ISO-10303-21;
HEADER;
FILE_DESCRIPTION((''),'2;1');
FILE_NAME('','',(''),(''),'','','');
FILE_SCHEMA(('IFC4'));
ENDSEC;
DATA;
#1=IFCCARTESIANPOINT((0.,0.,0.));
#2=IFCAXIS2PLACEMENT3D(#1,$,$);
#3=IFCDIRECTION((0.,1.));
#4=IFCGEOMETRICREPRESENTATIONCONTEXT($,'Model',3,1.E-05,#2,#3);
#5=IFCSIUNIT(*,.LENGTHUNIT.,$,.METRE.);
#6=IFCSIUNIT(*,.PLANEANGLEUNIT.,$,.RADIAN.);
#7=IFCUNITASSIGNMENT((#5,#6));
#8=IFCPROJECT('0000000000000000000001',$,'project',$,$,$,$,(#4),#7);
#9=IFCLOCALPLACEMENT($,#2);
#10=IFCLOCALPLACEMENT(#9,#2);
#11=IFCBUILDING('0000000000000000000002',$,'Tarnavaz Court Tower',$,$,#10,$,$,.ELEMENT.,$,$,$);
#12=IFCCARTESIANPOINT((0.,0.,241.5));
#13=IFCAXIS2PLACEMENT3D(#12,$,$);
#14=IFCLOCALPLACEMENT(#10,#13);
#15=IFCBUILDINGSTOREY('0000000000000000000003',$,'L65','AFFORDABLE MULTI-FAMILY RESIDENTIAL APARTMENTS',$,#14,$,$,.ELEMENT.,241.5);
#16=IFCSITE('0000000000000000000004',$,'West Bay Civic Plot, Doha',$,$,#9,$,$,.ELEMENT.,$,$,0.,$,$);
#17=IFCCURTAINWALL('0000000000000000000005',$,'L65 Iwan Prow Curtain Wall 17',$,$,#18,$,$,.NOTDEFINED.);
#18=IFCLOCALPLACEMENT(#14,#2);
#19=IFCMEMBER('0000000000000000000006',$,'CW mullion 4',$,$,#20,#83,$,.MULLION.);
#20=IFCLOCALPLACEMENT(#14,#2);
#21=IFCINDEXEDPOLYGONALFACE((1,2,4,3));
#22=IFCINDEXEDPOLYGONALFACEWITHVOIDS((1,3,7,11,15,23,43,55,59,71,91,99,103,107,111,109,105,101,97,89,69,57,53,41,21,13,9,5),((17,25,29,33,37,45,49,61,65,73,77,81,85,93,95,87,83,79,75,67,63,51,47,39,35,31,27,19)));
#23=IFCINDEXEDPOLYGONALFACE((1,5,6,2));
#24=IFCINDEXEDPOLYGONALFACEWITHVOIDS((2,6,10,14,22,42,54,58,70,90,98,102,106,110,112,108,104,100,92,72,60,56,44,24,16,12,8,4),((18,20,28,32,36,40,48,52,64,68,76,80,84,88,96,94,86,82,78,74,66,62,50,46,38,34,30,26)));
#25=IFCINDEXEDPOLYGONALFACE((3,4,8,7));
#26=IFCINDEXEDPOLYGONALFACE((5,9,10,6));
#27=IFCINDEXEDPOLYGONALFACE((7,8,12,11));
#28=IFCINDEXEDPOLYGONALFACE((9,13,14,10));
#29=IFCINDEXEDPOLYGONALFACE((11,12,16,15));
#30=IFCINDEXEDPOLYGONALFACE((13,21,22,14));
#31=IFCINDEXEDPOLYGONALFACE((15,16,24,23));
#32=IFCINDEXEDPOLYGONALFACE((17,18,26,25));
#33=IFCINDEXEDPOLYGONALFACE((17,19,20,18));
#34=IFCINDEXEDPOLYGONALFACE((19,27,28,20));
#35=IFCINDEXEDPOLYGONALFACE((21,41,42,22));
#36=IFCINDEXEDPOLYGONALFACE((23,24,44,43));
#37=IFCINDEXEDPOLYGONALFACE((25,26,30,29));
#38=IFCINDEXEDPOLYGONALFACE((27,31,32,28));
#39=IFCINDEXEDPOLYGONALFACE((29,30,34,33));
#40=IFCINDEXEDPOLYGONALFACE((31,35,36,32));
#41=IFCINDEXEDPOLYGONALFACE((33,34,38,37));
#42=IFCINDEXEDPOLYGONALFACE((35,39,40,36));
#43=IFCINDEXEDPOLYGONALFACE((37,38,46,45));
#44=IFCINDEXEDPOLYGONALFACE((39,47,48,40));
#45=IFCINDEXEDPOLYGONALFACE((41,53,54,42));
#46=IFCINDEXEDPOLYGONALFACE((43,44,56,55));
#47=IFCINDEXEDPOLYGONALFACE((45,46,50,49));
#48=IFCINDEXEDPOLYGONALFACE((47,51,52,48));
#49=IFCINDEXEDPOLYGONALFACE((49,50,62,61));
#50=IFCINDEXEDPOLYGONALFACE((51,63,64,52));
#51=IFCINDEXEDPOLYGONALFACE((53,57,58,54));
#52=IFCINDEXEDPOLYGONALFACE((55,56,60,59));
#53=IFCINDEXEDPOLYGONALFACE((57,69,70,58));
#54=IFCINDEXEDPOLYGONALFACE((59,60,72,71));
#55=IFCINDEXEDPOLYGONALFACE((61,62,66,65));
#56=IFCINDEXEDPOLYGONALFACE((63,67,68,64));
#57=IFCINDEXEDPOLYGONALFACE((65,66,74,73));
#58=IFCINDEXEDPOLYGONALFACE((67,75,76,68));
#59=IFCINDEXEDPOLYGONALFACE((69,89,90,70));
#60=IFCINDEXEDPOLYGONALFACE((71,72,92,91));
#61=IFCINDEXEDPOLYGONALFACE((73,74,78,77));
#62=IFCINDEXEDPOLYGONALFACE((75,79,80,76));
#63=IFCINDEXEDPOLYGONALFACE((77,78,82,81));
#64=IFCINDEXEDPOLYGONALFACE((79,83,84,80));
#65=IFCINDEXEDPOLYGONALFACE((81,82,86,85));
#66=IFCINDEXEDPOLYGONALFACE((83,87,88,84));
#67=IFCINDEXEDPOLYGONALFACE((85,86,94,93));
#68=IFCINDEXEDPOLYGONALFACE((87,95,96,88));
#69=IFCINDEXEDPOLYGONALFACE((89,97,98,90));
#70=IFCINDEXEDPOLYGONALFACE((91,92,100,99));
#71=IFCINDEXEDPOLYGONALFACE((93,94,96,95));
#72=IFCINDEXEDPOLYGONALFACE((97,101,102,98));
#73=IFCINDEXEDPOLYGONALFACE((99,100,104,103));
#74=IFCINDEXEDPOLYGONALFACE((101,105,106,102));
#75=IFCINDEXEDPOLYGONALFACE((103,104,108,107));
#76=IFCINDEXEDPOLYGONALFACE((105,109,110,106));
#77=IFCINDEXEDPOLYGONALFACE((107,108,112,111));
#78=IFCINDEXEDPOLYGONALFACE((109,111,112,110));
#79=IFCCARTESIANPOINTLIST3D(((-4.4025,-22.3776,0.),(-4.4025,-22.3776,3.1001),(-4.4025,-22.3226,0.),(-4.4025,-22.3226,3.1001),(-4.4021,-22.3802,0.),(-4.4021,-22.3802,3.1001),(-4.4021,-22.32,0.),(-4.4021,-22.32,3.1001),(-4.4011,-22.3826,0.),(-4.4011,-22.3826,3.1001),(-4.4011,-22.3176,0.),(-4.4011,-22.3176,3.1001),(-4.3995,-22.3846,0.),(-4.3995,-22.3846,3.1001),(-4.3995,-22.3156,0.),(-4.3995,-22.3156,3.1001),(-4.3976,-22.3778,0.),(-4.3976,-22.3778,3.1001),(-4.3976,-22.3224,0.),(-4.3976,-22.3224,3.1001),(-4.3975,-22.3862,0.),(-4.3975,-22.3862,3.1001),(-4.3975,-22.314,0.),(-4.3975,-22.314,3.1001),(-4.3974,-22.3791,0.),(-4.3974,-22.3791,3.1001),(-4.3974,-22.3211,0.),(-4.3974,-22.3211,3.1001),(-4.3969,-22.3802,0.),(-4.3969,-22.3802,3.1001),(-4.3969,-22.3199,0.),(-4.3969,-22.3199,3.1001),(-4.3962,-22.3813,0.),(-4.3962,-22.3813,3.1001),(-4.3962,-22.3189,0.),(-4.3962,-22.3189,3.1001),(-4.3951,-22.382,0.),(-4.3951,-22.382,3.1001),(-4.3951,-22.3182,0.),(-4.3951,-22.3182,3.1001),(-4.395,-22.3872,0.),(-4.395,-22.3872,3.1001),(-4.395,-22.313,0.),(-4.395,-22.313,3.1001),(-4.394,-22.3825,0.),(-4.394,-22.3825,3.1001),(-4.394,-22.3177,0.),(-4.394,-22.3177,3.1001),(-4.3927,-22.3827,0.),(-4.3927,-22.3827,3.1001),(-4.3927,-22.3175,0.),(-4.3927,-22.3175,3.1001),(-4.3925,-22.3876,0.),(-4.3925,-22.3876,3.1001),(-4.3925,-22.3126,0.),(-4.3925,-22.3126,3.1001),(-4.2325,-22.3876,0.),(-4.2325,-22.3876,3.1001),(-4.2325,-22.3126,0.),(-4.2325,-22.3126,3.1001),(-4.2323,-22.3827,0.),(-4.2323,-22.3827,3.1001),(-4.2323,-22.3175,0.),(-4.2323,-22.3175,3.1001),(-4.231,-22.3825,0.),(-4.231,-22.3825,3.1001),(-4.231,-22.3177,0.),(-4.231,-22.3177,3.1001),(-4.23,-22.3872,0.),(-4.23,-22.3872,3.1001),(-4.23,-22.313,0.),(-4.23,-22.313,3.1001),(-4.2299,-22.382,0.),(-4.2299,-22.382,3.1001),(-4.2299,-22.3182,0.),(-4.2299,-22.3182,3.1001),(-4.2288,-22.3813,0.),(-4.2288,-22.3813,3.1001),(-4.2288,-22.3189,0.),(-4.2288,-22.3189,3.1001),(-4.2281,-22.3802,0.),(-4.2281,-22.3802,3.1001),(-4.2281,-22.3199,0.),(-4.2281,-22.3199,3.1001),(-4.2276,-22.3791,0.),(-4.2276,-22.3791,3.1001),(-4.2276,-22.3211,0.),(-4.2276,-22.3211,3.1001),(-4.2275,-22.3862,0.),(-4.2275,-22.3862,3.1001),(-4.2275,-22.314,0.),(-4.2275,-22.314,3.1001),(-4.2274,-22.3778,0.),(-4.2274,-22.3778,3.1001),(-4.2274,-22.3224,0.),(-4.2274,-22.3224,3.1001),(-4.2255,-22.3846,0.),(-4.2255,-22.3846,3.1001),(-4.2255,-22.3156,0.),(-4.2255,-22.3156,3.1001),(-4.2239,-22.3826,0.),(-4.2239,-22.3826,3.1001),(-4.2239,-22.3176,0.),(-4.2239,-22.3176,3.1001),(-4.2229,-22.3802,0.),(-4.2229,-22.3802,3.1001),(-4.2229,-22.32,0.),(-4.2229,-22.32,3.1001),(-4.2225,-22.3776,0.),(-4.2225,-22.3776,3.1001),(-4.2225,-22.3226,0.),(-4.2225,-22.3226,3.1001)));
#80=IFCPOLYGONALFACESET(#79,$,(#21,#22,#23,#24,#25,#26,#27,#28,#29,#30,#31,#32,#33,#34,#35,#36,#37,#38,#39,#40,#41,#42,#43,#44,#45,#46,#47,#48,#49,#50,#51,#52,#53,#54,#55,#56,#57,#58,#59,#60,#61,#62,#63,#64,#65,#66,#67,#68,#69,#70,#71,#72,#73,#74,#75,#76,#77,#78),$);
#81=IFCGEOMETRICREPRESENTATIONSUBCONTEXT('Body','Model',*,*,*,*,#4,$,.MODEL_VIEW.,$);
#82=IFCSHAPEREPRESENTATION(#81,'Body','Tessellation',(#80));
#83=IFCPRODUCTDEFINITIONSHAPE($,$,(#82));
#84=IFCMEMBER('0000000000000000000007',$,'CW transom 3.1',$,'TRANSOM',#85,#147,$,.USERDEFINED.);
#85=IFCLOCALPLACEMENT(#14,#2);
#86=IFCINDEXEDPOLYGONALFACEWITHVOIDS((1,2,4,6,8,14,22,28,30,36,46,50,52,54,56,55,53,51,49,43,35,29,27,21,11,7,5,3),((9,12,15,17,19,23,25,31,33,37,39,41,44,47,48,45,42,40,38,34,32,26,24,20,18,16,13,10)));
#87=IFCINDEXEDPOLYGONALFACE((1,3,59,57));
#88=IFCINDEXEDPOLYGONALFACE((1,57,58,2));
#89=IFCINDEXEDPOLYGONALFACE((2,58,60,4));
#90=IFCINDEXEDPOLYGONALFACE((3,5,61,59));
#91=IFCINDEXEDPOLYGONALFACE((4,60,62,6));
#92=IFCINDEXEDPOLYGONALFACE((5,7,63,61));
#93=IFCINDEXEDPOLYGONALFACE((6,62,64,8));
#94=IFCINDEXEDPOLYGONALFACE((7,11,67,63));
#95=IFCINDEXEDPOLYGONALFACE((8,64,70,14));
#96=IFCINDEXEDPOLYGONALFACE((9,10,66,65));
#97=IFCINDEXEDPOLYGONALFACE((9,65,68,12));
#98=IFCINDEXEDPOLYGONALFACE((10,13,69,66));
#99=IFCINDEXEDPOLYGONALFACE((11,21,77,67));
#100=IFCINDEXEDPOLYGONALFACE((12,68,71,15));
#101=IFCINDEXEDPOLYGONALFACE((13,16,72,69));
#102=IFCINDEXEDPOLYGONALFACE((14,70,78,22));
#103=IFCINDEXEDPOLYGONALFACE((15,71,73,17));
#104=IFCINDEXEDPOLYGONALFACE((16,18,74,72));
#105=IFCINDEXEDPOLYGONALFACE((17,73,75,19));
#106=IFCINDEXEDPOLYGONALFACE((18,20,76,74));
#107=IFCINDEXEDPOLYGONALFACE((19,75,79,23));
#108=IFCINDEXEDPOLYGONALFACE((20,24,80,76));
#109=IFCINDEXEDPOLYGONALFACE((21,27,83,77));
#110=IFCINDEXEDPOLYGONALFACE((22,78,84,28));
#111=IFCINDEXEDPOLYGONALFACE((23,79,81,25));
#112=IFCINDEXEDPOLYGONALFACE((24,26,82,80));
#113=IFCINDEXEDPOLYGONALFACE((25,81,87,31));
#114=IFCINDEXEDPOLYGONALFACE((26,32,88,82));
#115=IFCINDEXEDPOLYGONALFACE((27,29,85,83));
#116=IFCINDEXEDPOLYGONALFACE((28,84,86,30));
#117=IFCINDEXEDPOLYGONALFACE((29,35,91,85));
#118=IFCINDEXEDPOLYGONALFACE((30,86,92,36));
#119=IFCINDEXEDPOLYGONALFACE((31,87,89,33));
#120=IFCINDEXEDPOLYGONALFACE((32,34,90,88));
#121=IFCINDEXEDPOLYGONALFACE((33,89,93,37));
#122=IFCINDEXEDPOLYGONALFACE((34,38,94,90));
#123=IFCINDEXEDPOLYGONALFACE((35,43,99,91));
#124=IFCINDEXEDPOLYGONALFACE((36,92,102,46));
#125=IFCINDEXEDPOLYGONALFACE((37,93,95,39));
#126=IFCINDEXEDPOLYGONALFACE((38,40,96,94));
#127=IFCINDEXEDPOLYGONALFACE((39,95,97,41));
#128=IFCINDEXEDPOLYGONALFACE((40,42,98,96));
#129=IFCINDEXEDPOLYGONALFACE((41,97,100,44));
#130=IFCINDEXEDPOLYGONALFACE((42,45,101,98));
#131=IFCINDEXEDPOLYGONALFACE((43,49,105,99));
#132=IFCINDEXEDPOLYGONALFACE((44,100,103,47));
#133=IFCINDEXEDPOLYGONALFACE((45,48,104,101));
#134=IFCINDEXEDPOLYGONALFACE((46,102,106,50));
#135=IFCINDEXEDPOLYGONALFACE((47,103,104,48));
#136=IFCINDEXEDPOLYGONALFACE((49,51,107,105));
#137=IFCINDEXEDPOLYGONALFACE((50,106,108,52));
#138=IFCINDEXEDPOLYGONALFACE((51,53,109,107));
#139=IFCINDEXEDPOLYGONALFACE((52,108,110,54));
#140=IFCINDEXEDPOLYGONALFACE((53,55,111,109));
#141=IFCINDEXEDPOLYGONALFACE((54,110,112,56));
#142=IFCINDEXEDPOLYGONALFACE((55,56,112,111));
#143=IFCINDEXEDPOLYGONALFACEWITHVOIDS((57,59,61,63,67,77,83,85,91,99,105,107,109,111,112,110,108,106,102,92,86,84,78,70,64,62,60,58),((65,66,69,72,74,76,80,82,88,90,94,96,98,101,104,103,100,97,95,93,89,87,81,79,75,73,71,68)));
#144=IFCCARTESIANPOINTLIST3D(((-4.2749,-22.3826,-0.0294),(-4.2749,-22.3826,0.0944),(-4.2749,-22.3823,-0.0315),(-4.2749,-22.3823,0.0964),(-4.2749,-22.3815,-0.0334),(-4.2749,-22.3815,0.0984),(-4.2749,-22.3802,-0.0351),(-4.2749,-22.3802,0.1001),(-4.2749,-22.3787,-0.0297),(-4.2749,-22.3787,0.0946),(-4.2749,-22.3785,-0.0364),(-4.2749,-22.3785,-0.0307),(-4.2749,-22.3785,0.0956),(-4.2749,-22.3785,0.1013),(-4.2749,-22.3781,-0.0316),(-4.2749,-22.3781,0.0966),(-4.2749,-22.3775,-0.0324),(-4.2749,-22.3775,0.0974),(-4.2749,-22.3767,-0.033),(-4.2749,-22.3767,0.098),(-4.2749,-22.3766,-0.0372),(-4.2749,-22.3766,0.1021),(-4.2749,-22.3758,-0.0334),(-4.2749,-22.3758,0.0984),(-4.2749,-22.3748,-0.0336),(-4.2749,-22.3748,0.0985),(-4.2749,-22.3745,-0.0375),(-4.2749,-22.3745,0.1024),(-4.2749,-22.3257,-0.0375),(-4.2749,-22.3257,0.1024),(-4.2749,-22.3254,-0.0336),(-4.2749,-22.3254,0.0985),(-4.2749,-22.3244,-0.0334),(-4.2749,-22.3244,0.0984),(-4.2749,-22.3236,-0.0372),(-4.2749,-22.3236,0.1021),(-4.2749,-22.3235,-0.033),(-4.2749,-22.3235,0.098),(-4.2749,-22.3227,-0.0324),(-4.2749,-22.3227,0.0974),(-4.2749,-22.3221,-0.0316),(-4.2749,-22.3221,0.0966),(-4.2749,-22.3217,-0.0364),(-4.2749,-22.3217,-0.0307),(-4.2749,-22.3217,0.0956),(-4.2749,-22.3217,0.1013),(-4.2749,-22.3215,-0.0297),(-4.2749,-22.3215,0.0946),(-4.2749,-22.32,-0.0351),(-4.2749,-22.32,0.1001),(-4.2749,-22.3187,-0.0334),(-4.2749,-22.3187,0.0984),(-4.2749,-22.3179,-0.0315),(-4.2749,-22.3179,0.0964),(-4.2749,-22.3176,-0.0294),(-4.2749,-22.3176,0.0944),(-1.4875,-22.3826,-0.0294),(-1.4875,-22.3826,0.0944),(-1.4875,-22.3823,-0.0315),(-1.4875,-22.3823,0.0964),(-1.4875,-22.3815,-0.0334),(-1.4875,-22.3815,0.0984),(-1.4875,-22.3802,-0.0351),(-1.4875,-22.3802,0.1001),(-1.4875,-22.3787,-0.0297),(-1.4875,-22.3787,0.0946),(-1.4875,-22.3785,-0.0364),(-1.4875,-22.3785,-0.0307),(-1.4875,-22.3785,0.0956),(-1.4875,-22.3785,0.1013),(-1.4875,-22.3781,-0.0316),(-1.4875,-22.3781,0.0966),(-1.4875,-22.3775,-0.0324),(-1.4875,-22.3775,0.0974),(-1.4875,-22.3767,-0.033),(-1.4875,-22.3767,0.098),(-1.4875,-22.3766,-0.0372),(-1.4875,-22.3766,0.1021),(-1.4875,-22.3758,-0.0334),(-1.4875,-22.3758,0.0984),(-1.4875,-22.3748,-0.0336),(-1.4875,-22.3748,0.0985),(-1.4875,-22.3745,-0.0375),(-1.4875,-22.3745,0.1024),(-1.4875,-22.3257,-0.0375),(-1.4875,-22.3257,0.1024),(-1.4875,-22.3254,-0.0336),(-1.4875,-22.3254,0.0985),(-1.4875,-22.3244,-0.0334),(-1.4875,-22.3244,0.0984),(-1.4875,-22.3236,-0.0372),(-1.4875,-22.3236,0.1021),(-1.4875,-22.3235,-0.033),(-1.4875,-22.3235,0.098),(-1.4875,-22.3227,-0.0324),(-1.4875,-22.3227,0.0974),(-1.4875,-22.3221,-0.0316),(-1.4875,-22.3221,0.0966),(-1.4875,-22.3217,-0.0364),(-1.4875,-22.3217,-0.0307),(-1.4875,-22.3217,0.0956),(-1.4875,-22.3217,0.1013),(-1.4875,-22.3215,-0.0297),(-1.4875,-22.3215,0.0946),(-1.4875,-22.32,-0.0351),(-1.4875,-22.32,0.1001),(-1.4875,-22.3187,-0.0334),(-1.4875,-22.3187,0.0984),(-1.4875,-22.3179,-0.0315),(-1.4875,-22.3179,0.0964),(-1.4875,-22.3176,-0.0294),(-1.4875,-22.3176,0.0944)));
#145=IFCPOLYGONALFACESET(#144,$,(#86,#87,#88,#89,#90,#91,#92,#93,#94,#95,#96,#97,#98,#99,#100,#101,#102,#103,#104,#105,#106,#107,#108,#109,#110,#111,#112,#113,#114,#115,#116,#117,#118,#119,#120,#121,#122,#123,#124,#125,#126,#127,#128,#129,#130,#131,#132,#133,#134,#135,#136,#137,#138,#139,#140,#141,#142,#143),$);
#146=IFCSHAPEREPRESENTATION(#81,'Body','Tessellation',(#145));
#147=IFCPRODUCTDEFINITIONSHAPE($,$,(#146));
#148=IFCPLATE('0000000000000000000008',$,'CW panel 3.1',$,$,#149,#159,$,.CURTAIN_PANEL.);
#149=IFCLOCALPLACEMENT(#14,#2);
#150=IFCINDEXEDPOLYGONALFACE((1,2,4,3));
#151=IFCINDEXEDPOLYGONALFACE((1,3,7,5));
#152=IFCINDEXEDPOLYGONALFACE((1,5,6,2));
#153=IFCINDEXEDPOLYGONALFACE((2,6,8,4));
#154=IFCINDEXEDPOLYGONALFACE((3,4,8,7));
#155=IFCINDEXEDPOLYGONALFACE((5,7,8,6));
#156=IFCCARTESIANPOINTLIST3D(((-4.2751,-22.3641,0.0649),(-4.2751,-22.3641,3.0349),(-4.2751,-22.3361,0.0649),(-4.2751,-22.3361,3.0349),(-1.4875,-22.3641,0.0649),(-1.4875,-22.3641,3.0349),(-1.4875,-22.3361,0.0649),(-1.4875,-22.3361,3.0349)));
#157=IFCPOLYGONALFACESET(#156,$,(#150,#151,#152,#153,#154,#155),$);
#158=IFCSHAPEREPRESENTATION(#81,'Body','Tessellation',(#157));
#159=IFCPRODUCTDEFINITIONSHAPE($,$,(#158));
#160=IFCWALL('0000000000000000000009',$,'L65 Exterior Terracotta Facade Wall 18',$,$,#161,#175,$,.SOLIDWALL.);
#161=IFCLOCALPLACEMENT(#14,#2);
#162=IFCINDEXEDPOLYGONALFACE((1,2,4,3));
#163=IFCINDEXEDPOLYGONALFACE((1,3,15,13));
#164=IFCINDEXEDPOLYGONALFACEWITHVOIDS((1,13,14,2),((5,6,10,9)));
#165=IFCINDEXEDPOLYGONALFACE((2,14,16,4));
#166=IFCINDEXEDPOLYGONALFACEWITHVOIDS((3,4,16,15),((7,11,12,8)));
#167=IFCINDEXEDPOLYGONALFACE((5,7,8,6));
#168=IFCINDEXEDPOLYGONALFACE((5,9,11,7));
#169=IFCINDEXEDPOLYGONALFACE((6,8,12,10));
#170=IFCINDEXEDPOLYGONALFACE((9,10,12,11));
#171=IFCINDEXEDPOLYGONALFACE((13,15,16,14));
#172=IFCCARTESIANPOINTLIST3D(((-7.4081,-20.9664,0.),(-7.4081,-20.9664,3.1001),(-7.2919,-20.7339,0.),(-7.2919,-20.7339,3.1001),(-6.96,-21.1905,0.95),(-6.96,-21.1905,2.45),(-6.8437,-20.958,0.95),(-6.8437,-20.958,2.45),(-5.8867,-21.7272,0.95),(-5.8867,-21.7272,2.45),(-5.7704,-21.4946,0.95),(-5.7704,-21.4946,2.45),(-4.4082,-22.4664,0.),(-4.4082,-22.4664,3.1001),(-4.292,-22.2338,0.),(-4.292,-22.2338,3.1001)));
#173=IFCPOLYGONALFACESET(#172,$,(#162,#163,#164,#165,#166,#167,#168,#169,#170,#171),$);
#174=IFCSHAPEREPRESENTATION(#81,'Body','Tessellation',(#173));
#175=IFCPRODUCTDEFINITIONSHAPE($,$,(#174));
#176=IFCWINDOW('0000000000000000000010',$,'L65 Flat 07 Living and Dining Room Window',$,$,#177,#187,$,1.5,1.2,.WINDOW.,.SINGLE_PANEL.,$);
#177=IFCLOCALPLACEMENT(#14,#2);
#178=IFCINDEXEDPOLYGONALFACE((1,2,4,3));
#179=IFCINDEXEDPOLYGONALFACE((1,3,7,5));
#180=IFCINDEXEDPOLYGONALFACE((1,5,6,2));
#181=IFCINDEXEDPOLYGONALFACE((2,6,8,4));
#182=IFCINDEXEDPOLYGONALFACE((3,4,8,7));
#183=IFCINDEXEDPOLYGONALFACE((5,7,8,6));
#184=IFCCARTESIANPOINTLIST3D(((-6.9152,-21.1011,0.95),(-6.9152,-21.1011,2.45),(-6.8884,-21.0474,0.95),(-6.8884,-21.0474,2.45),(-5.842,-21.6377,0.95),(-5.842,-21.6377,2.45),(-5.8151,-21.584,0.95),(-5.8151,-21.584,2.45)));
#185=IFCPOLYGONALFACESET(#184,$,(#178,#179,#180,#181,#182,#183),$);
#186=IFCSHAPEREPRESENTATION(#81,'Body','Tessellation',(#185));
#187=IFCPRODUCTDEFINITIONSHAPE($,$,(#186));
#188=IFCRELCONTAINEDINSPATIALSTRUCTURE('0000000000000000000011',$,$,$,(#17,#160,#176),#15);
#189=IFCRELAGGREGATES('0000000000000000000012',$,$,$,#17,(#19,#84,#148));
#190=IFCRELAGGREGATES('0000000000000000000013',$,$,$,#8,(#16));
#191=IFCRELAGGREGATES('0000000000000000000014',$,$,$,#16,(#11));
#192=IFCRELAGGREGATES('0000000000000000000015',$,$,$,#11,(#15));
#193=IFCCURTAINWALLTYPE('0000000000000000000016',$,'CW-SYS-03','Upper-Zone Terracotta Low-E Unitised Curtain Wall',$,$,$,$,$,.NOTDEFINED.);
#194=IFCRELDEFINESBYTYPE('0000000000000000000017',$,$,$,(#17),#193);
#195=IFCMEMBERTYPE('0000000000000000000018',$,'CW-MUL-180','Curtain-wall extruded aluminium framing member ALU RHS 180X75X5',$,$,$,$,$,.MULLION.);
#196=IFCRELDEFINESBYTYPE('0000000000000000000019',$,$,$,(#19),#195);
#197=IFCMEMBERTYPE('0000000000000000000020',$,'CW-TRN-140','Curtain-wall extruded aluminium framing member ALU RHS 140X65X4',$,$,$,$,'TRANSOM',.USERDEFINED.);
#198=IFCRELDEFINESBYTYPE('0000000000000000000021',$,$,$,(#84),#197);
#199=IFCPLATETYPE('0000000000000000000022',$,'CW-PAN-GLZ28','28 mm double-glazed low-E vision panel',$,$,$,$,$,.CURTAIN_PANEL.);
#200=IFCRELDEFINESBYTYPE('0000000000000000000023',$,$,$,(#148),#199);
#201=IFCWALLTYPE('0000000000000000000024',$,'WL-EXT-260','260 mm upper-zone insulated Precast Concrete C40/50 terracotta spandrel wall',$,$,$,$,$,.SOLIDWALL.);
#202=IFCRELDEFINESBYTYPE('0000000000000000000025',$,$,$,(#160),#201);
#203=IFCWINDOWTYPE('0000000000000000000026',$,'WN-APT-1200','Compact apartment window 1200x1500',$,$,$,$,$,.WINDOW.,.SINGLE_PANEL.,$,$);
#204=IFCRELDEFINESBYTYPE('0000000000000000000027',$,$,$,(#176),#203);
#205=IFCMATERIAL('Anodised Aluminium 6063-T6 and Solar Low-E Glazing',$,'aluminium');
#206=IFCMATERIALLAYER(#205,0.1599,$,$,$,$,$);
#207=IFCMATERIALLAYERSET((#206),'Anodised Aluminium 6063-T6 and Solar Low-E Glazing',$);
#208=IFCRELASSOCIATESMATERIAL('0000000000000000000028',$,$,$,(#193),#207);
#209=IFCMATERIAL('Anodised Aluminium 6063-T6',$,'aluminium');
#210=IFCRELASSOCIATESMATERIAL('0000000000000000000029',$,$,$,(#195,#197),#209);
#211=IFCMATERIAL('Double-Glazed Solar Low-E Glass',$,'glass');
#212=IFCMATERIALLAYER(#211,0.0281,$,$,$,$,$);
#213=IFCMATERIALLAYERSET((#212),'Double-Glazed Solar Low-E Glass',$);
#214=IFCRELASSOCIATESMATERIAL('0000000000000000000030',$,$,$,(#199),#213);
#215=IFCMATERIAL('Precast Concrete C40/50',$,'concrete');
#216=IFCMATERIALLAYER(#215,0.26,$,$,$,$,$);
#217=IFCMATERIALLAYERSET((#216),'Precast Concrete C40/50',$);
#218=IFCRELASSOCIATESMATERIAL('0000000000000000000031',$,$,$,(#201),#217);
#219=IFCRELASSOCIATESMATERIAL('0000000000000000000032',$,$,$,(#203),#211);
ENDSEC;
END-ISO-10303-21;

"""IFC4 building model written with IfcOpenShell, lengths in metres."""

from ifc_helpers import new_model, si_unit, direction, frame, frame_2d, origin, origin_2d, place, context, subcontext, project, spatial, rectangle, hollow_rectangle, extrude, material, layer, layer_set, material_profile, profile_set, type_object, element, fill, aggregate, save


model = new_model("IFC4")

# Units and contexts
model_context = context("Model", 3, precision=1e-05, world=origin(), true_north=direction((0.0, 1.0)))
body_context = subcontext(model_context, "Body", "Model", "MODEL_VIEW")
ifc_project = project(units=[si_unit("LENGTHUNIT", "METRE"), si_unit("PLANEANGLEUNIT", "RADIAN")], contexts=[model_context])

# Site, building, storey
site_placement = place(None, origin())
site = spatial("IfcSite", under=ifc_project, at=site_placement, Name="West Bay Civic Plot, Doha", CompositionType="ELEMENT", RefElevation=0.0)
building_placement = place(site_placement, origin())
building = spatial("IfcBuilding", under=site, at=building_placement, Name="Tarnavaz Court Tower", CompositionType="ELEMENT")
storey_placement = place(building_placement, frame((0.0, 0.0, 241.5)))
storey = spatial("IfcBuildingStorey", under=building, at=storey_placement, Name="L65", Description="AFFORDABLE MULTI-FAMILY RESIDENTIAL APARTMENTS", CompositionType="ELEMENT", Elevation=241.5)

# Curtain wall, members, plate
ifc_material_1 = material(Name="Anodised Aluminium 6063-T6 and Solar Low-E Glazing", Category="aluminium")
ifc_layer_1 = layer(ifc_material_1, 0.1599)
ifc_layer_set_1 = layer_set([ifc_layer_1], Name="Anodised Aluminium 6063-T6 and Solar Low-E Glazing")
curtain_wall_type = type_object("IfcCurtainWallType", Name="CW-SYS-03", Description="Upper-Zone Terracotta Low-E Unitised Curtain Wall", PredefinedType="NOTDEFINED", material=ifc_layer_set_1)
curtain_wall_placement = place(storey_placement, origin())
curtain_wall = element("IfcCurtainWall", 1, at=curtain_wall_placement, inside=storey, type_object=curtain_wall_type, Name="L65 Iwan Prow Curtain Wall 17", PredefinedType="NOTDEFINED")
ifc_material_2 = material(Name="Anodised Aluminium 6063-T6", Category="aluminium")
ifc_material_profile_1 = material_profile(ifc_material_2, hollow_rectangle(XDim=0.075, YDim=0.1799, WallThickness=0.0049, InnerFilletRadius=0.0049, OuterFilletRadius=0.01, at=origin_2d()), Name="ALU RHS 180X75X5")
ifc_profile_set_1 = profile_set([ifc_material_profile_1], Name="Anodised Aluminium 6063-T6")
member_type_1 = type_object("IfcMemberType", Name="CW-MUL-180", Description="Curtain-wall extruded aluminium framing member ALU RHS 180X75X5", PredefinedType="MULLION", material=ifc_profile_set_1)
member_1_placement = place(storey_placement, frame((-4.3125, -22.3501, 0.0), z_axis=(0.0, 0.0, 1.0), x_axis=(0.0, -1.0, 0.0)))
member_1 = element("IfcMember", 2, at=member_1_placement, type_object=member_type_1, Name="CW mullion 4", PredefinedType="MULLION", context=body_context, shape_type="SweptSolid", body=[
    extrude(hollow_rectangle(XDim=0.075, YDim=0.1799, WallThickness=0.0049, InnerFilletRadius=0.0049, OuterFilletRadius=0.01, at=origin_2d()), origin(), (0.0, 0.0, 1.0), 3.1001),
])
ifc_material_profile_2 = material_profile(ifc_material_2, hollow_rectangle(XDim=0.0649, YDim=0.1399, WallThickness=0.0039, InnerFilletRadius=0.0039, OuterFilletRadius=0.0081, at=origin_2d()), Name="ALU RHS 140X65X4")
ifc_profile_set_2 = profile_set([ifc_material_profile_2], Name="Anodised Aluminium 6063-T6")
member_type_2 = type_object("IfcMemberType", Name="CW-TRN-140", Description="Curtain-wall extruded aluminium framing member ALU RHS 140X65X4", ElementType="TRANSOM", PredefinedType="USERDEFINED", material=ifc_profile_set_2)
member_2_placement = place(storey_placement, frame((-1.4875, -22.3501, 0.0325), z_axis=(-1.0, 0.0, 0.0), x_axis=(0.0, -1.0, 0.0)))
member_2 = element("IfcMember", 3, at=member_2_placement, type_object=member_type_2, Name="CW transom 3.1", ObjectType="TRANSOM", PredefinedType="USERDEFINED", context=body_context, shape_type="SweptSolid", body=[
    extrude(hollow_rectangle(XDim=0.0649, YDim=0.1399, WallThickness=0.0039, InnerFilletRadius=0.0039, OuterFilletRadius=0.0081, at=origin_2d()), origin(), (0.0, 0.0, 1.0), 2.7874),
])
ifc_material_3 = material(Name="Double-Glazed Solar Low-E Glass", Category="glass")
ifc_layer_2 = layer(ifc_material_3, 0.0281)
ifc_layer_set_2 = layer_set([ifc_layer_2], Name="Double-Glazed Solar Low-E Glass")
plate_type = type_object("IfcPlateType", Name="CW-PAN-GLZ28", Description="28 mm double-glazed low-E vision panel", PredefinedType="CURTAIN_PANEL", material=ifc_layer_set_2)
plate_placement = place(storey_placement, frame((-2.8813, -22.3501, 0.0649), z_axis=(0.0, 0.0, 1.0), x_axis=(-1.0, 0.0, 0.0)))
plate = element("IfcPlate", 4, at=plate_placement, type_object=plate_type, Name="CW panel 3.1", PredefinedType="CURTAIN_PANEL", context=body_context, shape_type="SweptSolid", body=[
    extrude(rectangle(XDim=2.7876, YDim=0.0281, at=origin_2d()), origin(), (0.0, 0.0, 1.0), 2.97),
])
aggregate(curtain_wall, [member_1, member_2, plate])

# Wall, opening, window
ifc_material_4 = material(Name="Precast Concrete C40/50", Category="concrete")
ifc_layer_3 = layer(ifc_material_4, 0.26)
ifc_layer_set_3 = layer_set([ifc_layer_3], Name="Precast Concrete C40/50")
wall_type_1 = type_object("IfcWallType", Name="WL-EXT-260", Description="260 mm upper-zone insulated Precast Concrete C40/50 terracotta spandrel wall", PredefinedType="SOLIDWALL", material=ifc_layer_set_3)
wall_1_placement = place(storey_placement, frame((-4.3501, -22.3501, 0.0), z_axis=(0.0, 0.0, 1.0), x_axis=(-0.894427, 0.447214, 0.0)))
wall_1 = element("IfcWall", 5, at=wall_1_placement, inside=storey, type_object=wall_type_1, Name="L65 Exterior Terracotta Facade Wall 18", PredefinedType="SOLIDWALL", context=body_context, shape_type="SweptSolid", body=[
    extrude(rectangle(XDim=3.354, YDim=0.26, at=frame_2d((1.677, 0.0))), origin(), (0.0, 0.0, 1.0), 3.1001),
])
opening_1_placement = place(wall_1_placement, frame((1.6528, 0.0, 0.95)))
opening_1 = element("IfcOpeningElement", 6, at=opening_1_placement, cuts=wall_1, PredefinedType="OPENING", context=body_context, shape_type="SweptSolid", body=[
    extrude(rectangle(XDim=1.2, YDim=1.5, at=frame_2d((0.6001, 0.75))), frame((0.0, 0.1399, 0.0), z_axis=(0.0, -1.0, 0.0), x_axis=(1.0, 0.0, 0.0)), (0.0, 0.0, 1.0), 0.28),
])
window_type_1 = type_object("IfcWindowType", Name="WN-APT-1200", Description="Compact apartment window 1200x1500", PartitioningType="SINGLE_PANEL", PredefinedType="WINDOW", material=ifc_material_3)
window_1_placement = place(opening_1_placement, origin())
window_1 = element("IfcWindow", 7, at=window_1_placement, inside=storey, type_object=window_type_1, Name="L65 Flat 07 Living and Dining Room Window", OverallHeight=1.5, OverallWidth=1.2, PartitioningType="SINGLE_PANEL", PredefinedType="WINDOW", context=body_context, shape_type="SweptSolid", body=[
    extrude(rectangle(XDim=1.2, YDim=1.5, at=frame_2d((0.6001, 0.75))), frame((0.0, 0.03, 0.0), z_axis=(0.0, -1.0, 0.0), x_axis=(1.0, 0.0, 0.0)), (0.0, 0.0, 1.0), 0.0601),
])
fill(opening_1, window_1)

save(model, "model.ifc")
